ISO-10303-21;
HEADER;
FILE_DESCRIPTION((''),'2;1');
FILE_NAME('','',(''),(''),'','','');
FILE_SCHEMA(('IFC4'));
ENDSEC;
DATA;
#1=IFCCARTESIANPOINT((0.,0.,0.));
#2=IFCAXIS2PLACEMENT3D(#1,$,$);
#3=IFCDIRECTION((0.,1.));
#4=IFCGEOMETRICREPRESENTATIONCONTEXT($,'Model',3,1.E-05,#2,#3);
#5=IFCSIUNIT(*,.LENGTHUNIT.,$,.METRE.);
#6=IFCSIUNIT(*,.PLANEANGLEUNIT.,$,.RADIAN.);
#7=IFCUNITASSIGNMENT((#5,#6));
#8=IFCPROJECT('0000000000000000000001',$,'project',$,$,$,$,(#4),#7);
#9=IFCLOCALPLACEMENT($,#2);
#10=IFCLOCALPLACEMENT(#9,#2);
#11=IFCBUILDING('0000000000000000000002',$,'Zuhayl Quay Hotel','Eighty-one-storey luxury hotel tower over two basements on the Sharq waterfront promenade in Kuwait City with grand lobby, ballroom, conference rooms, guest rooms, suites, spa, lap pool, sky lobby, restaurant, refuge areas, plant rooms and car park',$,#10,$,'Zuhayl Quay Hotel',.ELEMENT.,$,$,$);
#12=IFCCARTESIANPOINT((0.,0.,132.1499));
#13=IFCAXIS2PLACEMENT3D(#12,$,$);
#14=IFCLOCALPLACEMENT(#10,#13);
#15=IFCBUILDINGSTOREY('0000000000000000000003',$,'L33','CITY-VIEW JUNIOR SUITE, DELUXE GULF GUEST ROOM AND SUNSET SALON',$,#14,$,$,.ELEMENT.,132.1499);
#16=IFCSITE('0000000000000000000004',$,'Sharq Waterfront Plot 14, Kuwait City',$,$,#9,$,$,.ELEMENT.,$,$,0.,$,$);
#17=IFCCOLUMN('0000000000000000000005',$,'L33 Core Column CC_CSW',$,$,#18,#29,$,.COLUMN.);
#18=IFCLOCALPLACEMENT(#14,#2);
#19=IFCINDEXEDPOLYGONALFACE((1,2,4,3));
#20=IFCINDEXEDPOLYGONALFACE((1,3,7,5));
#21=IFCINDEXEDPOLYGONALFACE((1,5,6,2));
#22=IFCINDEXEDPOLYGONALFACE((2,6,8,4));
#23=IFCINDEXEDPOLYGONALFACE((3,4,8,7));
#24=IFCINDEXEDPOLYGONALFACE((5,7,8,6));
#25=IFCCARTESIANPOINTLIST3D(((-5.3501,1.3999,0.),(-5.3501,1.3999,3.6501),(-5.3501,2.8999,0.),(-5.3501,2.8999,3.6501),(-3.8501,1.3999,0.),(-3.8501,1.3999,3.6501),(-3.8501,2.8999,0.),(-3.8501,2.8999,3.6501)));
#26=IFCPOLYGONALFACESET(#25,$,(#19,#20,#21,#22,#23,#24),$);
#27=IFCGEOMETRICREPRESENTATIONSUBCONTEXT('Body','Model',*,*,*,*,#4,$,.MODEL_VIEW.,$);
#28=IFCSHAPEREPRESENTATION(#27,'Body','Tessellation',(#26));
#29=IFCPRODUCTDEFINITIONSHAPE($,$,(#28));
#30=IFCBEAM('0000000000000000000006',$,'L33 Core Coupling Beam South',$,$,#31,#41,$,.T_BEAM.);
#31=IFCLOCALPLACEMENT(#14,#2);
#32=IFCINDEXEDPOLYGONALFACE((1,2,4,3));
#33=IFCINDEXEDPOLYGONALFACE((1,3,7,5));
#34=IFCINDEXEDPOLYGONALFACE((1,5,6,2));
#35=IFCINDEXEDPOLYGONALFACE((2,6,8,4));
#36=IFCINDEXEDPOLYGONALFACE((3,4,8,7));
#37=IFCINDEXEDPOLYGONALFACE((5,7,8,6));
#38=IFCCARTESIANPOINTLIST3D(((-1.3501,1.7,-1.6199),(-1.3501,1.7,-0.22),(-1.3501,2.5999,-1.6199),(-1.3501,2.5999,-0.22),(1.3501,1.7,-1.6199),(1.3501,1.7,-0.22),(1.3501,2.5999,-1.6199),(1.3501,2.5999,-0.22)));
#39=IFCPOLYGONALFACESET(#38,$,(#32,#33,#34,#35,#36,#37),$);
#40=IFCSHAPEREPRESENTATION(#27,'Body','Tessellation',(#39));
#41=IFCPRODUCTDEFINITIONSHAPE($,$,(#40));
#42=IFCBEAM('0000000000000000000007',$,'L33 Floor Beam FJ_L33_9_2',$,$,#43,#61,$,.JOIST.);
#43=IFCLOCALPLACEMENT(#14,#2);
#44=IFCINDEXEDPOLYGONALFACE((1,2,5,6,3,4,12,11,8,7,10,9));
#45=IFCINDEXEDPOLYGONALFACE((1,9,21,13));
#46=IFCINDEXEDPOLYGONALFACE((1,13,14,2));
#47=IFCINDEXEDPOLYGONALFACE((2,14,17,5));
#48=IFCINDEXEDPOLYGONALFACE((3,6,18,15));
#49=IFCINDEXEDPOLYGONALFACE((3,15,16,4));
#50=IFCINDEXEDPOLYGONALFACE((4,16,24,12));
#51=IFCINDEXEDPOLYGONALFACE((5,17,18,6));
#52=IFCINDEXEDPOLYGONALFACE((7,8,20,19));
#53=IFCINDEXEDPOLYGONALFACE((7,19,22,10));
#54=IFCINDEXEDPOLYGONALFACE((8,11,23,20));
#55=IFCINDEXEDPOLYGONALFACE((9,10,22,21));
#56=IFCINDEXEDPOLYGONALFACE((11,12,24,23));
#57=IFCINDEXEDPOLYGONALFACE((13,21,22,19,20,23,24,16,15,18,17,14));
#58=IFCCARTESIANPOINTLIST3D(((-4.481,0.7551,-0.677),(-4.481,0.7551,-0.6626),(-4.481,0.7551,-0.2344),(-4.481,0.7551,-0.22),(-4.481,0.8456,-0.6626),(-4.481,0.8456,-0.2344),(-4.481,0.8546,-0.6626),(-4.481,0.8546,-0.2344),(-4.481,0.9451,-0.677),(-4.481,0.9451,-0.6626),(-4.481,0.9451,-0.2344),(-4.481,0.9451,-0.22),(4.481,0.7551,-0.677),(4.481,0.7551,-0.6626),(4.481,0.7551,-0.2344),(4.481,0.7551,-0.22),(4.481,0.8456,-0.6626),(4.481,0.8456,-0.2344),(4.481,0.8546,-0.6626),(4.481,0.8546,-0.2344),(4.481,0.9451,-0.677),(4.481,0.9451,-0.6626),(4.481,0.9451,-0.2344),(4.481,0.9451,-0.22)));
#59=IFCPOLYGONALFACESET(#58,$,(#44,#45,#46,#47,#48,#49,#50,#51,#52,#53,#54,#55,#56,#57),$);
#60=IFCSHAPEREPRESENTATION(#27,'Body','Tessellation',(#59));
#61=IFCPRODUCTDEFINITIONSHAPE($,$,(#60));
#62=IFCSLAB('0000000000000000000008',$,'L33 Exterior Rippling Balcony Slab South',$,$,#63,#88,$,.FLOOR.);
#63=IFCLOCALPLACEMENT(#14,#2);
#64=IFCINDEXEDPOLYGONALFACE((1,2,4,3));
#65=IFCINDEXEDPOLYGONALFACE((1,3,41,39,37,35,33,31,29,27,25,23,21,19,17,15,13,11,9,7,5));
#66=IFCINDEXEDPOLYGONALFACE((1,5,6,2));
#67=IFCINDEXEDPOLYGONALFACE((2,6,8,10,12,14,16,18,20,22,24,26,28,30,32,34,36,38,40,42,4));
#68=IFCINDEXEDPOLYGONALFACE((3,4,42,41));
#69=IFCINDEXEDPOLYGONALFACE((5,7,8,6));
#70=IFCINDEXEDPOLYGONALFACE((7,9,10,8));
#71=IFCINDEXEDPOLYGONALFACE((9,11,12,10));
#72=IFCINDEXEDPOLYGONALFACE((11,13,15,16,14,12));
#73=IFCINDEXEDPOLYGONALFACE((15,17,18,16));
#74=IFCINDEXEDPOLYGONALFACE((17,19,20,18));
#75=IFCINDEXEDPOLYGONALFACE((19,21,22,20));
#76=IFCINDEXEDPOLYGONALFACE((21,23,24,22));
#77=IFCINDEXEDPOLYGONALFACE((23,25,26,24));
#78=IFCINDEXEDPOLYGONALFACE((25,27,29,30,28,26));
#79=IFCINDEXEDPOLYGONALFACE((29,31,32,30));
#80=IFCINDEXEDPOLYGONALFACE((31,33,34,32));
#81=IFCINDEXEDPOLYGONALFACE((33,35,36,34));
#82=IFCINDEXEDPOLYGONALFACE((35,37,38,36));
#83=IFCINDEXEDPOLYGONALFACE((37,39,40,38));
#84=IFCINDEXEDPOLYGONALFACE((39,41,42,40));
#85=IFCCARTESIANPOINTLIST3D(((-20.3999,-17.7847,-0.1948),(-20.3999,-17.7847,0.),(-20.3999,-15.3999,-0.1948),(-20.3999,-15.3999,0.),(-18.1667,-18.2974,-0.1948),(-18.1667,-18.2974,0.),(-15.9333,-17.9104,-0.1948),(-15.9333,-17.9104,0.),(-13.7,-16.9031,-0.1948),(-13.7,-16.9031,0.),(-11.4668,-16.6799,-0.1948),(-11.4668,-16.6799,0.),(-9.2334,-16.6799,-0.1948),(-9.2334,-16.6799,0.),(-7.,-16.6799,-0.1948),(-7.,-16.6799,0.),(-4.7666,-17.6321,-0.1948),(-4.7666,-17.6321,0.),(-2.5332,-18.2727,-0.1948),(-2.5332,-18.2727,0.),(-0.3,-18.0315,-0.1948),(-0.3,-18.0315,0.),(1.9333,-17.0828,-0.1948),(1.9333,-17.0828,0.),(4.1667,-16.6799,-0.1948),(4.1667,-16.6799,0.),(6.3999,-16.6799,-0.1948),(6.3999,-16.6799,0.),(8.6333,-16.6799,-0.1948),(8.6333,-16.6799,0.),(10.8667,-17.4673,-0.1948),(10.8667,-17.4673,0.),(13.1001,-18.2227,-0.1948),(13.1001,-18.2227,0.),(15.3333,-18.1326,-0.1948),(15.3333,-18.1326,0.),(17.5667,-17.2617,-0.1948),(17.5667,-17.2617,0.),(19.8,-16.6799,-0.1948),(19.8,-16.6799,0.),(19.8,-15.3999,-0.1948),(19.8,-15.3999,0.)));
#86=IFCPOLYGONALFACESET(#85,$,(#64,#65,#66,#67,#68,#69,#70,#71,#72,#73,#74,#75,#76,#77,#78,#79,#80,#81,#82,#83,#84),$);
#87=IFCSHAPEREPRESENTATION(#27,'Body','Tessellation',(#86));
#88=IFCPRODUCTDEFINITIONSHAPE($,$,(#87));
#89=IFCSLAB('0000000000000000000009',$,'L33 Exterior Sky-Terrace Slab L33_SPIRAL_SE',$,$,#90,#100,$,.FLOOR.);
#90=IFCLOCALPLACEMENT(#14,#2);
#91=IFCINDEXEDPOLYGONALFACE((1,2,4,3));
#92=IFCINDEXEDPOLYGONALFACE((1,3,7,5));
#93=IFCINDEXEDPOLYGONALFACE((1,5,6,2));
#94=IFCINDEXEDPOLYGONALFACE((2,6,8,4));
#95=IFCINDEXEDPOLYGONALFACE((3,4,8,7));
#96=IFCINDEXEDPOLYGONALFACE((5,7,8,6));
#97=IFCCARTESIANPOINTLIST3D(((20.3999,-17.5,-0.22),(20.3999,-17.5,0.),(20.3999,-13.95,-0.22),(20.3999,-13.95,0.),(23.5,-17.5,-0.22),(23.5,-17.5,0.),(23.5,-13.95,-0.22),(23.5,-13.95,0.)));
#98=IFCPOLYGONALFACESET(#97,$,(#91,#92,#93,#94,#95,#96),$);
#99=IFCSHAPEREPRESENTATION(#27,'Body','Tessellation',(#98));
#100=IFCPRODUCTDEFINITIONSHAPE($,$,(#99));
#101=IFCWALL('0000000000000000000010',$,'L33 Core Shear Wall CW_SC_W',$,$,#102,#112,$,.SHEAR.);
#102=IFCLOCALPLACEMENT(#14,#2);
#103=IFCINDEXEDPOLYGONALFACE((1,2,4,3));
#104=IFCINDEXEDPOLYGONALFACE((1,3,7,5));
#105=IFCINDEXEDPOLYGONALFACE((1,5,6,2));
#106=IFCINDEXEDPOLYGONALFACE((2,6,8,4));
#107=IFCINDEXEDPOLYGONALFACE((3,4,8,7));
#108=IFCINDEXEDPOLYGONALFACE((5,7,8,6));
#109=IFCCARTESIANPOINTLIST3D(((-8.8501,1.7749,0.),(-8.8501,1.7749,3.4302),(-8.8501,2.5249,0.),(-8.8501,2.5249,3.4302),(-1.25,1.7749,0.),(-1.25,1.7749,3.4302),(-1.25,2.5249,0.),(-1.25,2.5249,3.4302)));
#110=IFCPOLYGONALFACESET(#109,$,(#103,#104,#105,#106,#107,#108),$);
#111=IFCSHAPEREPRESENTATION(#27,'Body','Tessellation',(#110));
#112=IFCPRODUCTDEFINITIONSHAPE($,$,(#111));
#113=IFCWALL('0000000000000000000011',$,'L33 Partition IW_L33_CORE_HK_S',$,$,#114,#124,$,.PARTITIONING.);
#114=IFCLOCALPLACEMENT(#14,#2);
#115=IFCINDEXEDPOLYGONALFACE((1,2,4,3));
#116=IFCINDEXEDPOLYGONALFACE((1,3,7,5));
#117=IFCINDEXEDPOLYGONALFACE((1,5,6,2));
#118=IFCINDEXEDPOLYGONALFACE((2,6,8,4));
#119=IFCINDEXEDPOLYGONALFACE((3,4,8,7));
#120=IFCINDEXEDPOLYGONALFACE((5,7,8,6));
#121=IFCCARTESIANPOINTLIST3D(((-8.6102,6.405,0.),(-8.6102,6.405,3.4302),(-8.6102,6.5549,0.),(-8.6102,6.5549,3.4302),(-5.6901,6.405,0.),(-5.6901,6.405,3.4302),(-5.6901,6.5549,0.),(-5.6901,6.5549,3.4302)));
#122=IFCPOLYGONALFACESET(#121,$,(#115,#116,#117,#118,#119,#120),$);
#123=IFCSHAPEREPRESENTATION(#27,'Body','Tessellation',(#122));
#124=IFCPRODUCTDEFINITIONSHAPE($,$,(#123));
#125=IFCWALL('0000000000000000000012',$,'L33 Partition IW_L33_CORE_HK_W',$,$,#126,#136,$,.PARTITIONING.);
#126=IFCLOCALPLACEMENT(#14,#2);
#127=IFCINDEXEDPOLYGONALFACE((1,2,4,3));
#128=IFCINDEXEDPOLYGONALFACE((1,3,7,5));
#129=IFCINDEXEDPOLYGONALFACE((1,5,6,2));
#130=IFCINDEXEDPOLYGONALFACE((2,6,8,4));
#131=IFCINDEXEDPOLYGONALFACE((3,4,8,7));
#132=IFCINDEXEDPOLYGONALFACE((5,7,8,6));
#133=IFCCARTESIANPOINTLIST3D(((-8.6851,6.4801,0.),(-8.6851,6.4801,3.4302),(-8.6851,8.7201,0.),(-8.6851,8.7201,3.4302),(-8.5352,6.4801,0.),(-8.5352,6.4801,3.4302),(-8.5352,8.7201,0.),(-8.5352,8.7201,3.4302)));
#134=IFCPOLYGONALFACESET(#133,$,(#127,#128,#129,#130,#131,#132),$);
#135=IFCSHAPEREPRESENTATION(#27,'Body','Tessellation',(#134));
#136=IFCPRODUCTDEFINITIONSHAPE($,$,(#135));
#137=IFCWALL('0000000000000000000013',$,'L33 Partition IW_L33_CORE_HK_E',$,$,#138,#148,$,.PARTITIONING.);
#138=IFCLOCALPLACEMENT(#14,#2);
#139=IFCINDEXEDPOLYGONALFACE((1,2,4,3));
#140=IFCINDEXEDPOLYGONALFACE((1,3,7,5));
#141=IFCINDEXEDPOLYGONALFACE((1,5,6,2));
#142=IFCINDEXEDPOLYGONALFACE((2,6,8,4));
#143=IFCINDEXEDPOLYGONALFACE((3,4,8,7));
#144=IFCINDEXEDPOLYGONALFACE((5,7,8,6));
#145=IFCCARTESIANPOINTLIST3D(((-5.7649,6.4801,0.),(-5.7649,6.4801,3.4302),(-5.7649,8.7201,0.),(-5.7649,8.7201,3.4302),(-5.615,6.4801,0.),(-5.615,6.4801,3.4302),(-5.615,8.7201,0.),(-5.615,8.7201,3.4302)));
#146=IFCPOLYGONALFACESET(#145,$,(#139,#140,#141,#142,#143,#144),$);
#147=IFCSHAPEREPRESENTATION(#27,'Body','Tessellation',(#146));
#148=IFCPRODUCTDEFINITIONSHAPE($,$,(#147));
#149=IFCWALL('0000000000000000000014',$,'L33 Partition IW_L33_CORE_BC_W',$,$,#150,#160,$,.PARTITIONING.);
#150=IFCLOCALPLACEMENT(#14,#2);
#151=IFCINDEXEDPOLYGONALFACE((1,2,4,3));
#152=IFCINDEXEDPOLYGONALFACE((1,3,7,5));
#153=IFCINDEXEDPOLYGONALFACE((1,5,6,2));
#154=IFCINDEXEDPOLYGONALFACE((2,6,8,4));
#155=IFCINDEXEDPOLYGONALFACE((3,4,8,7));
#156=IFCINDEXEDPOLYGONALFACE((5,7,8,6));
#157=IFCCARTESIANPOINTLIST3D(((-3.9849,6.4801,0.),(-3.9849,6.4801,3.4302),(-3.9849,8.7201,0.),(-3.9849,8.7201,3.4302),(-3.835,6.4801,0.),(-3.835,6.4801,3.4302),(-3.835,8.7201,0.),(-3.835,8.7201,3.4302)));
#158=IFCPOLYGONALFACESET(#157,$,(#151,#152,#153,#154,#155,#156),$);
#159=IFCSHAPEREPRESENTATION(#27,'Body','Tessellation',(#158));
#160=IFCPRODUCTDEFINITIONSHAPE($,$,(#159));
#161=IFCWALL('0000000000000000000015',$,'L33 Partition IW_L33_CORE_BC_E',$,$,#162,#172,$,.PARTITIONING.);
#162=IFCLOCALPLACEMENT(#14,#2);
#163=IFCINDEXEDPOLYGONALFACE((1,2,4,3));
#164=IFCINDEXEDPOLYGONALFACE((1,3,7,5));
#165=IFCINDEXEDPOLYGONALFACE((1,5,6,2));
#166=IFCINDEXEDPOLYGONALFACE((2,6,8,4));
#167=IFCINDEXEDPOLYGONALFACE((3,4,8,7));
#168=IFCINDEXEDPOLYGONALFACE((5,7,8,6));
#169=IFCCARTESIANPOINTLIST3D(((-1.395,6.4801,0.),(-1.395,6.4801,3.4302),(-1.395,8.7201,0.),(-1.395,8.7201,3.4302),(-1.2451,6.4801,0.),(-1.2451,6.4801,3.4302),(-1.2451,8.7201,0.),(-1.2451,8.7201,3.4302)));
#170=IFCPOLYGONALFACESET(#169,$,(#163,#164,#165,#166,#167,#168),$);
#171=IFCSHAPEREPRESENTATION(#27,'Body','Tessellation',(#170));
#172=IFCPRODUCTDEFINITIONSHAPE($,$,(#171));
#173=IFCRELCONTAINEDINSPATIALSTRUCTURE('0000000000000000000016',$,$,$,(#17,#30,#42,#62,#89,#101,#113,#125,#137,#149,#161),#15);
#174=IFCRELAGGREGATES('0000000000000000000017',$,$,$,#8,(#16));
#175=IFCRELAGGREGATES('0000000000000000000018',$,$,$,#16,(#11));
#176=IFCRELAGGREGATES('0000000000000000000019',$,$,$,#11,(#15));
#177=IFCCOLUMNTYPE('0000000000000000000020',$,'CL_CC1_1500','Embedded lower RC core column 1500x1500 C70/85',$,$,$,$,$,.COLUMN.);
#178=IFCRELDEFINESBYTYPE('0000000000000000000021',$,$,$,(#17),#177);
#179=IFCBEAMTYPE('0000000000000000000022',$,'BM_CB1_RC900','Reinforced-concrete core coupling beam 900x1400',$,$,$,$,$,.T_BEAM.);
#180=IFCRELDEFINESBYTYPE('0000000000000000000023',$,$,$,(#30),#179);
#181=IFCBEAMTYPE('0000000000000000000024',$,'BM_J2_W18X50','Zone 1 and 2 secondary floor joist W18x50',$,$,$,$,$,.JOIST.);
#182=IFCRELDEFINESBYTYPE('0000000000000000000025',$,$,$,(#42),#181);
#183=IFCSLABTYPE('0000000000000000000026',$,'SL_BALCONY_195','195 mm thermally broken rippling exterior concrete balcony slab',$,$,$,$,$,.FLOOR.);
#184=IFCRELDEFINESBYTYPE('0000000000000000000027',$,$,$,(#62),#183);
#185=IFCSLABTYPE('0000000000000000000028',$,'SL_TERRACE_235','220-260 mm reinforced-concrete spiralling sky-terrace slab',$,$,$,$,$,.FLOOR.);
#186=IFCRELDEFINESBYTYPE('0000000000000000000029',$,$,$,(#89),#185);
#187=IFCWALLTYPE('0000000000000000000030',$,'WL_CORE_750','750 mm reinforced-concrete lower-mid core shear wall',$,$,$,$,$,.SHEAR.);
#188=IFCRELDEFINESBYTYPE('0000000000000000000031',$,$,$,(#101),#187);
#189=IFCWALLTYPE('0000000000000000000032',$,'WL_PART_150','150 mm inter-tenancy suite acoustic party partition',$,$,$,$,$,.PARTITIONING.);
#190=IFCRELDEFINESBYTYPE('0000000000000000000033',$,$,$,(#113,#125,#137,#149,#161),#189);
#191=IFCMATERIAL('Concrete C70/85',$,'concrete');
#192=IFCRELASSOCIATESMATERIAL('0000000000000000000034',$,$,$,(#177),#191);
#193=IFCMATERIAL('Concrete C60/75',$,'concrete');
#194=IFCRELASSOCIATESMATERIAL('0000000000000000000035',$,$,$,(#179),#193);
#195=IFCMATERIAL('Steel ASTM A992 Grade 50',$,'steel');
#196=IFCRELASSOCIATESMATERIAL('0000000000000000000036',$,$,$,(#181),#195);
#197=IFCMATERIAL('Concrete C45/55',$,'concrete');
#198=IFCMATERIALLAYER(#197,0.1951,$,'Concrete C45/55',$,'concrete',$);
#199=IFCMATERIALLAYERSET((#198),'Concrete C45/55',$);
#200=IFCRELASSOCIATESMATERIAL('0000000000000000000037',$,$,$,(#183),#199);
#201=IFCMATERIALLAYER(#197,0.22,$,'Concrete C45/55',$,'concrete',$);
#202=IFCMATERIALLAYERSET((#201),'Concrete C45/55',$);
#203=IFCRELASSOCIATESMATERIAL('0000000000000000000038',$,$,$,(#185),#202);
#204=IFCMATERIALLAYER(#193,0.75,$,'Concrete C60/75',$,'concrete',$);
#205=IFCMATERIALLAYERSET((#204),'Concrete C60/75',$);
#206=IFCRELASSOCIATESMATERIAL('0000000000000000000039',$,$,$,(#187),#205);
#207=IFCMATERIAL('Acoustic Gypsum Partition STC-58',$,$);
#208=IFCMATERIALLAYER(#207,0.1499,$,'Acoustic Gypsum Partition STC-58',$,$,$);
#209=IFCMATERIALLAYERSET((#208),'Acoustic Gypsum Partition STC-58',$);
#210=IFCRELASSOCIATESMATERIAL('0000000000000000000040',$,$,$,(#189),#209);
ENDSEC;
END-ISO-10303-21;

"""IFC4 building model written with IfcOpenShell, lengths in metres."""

from ifc_helpers import new_model, si_unit, direction, frame, frame_2d, origin, origin_2d, place, context, subcontext, project, spatial, polyline, rectangle, i_section, outline, extrude, material, layer, layer_set, material_profile, profile_set, type_object, element, save


model = new_model("IFC4")

# Units and contexts
model_context = context("Model", 3, precision=1e-05, world=origin(), true_north=direction((0.0, 1.0)))
body_context = subcontext(model_context, "Body", "Model", "MODEL_VIEW")
ifc_project = project(units=[si_unit("LENGTHUNIT", "METRE"), si_unit("PLANEANGLEUNIT", "RADIAN")], contexts=[model_context])

# Site, building, storey
site_placement = place(None, origin())
site = spatial("IfcSite", under=ifc_project, at=site_placement, Name="Sharq Waterfront Plot 14, Kuwait City", CompositionType="ELEMENT", RefElevation=0.0)
building_placement = place(site_placement, origin())
building = spatial("IfcBuilding", under=site, at=building_placement, Name="Zuhayl Quay Hotel", Description="Eighty-one-storey luxury hotel tower over two basements on the Sharq waterfront promenade in Kuwait City with grand lobby, ballroom, conference rooms, guest rooms, suites, spa, lap pool, sky lobby, restaurant, refuge areas, plant rooms and car park", LongName="Zuhayl Quay Hotel", CompositionType="ELEMENT")
storey_placement = place(building_placement, frame((0.0, 0.0, 132.1499)))
storey = spatial("IfcBuildingStorey", under=building, at=storey_placement, Name="L33", Description="CITY-VIEW JUNIOR SUITE, DELUXE GULF GUEST ROOM AND SUNSET SALON", CompositionType="ELEMENT", Elevation=132.1499)

# Column
ifc_material_1 = material(Name="Concrete C70/85", Category="concrete")
ifc_material_profile_1 = material_profile(ifc_material_1, rectangle(XDim=1.5, YDim=1.5, at=origin_2d()), Name="RC1500X1500")
ifc_profile_set_1 = profile_set([ifc_material_profile_1], Name="Concrete C70/85")
column_type = type_object("IfcColumnType", Name="CL_CC1_1500", Description="Embedded lower RC core column 1500x1500 C70/85", PredefinedType="COLUMN", material=ifc_profile_set_1)
column_placement = place(storey_placement, frame((-4.6001, 2.1499, 0.0), z_axis=(0.0, 0.0, 1.0), x_axis=(1.0, 0.0, 0.0)))
element("IfcColumn", 1, at=column_placement, inside=storey, type_object=column_type, Name="L33 Core Column CC_CSW", PredefinedType="COLUMN", context=body_context, shape_type="SweptSolid", body=[
    extrude(rectangle(XDim=1.5, YDim=1.5, at=origin_2d()), origin(), (0.0, 0.0, 1.0), 3.6501),
])

# Beams
ifc_material_2 = material(Name="Concrete C60/75", Category="concrete")
ifc_material_profile_2 = material_profile(ifc_material_2, rectangle(XDim=0.8999, YDim=1.3999, at=origin_2d()), Name="RC900X1400")
ifc_profile_set_2 = profile_set([ifc_material_profile_2], Name="Concrete C60/75")
beam_type_1 = type_object("IfcBeamType", Name="BM_CB1_RC900", Description="Reinforced-concrete core coupling beam 900x1400", PredefinedType="T_BEAM", material=ifc_profile_set_2)
beam_1_placement = place(storey_placement, frame((-1.3501, 2.1499, -0.9199), z_axis=(1.0, 0.0, 0.0), x_axis=(0.0, 1.0, 0.0)))
element("IfcBeam", 2, at=beam_1_placement, inside=storey, type_object=beam_type_1, Name="L33 Core Coupling Beam South", PredefinedType="T_BEAM", context=body_context, shape_type="SweptSolid", body=[
    extrude(rectangle(XDim=0.8999, YDim=1.3999, at=origin_2d()), origin(), (0.0, 0.0, 1.0), 2.7002),
])
ifc_material_3 = material(Name="Steel ASTM A992 Grade 50", Category="steel")
ifc_material_profile_3 = material_profile(ifc_material_3, i_section(OverallWidth=0.1899, OverallDepth=0.457, WebThickness=0.009, FlangeThickness=0.0144, at=origin_2d()), Name="W18X50")
ifc_profile_set_3 = profile_set([ifc_material_profile_3], Name="Steel ASTM A992 Grade 50")
beam_type_2 = type_object("IfcBeamType", Name="BM_J2_W18X50", Description="Zone 1 and 2 secondary floor joist W18x50", PredefinedType="JOIST", material=ifc_profile_set_3)
beam_2_placement = place(storey_placement, frame((-4.481, 0.8501, -0.4485), z_axis=(1.0, 0.0, 0.0), x_axis=(0.0, 1.0, 0.0)))
element("IfcBeam", 3, at=beam_2_placement, inside=storey, type_object=beam_type_2, Name="L33 Floor Beam FJ_L33_9_2", PredefinedType="JOIST", context=body_context, shape_type="SweptSolid", body=[
    extrude(i_section(OverallWidth=0.1899, OverallDepth=0.457, WebThickness=0.009, FlangeThickness=0.0144, at=origin_2d()), origin(), (0.0, 0.0, 1.0), 8.9619),
])

# Slabs
ifc_material_4 = material(Name="Concrete C45/55", Category="concrete")
ifc_layer_1 = layer(ifc_material_4, 0.1951, Name="Concrete C45/55", Category="concrete")
ifc_layer_set_1 = layer_set([ifc_layer_1], Name="Concrete C45/55")
slab_type_1 = type_object("IfcSlabType", Name="SL_BALCONY_195", Description="195 mm thermally broken rippling exterior concrete balcony slab", PredefinedType="FLOOR", material=ifc_layer_set_1)
slab_1_placement = place(storey_placement, frame((0.0, 0.0, -0.1948)))
element("IfcSlab", 4, at=slab_1_placement, inside=storey, type_object=slab_type_1, Name="L33 Exterior Rippling Balcony Slab South", PredefinedType="FLOOR", context=body_context, shape_type="SweptSolid", body=[
    extrude(outline(polyline([(-20.3999, -17.7847), (-18.1667, -18.2974), (-15.9333, -17.9104), (-13.7, -16.9031), (-11.4668, -16.6799), (-9.2334, -16.6799), (-7.0, -16.6799), (-4.7666, -17.6321), (-2.5332, -18.2727), (-0.3, -18.0315), (1.9333, -17.0828), (4.1667, -16.6799), (6.3999, -16.6799), (8.6333, -16.6799), (10.8667, -17.4673), (13.1001, -18.2227), (15.3333, -18.1326), (17.5667, -17.2617), (19.8, -16.6799), (19.8, -15.3999), (-20.3999, -15.3999), (-20.3999, -17.7847)])), origin(), (0.0, 0.0, 1.0), 0.1948),
])
ifc_layer_2 = layer(ifc_material_4, 0.22, Name="Concrete C45/55", Category="concrete")
ifc_layer_set_2 = layer_set([ifc_layer_2], Name="Concrete C45/55")
slab_type_2 = type_object("IfcSlabType", Name="SL_TERRACE_235", Description="220-260 mm reinforced-concrete spiralling sky-terrace slab", PredefinedType="FLOOR", material=ifc_layer_set_2)
slab_2_placement = place(storey_placement, frame((0.0, 0.0, -0.22)))
element("IfcSlab", 5, at=slab_2_placement, inside=storey, type_object=slab_type_2, Name="L33 Exterior Sky-Terrace Slab L33_SPIRAL_SE", PredefinedType="FLOOR", context=body_context, shape_type="SweptSolid", body=[
    extrude(outline(polyline([(20.3999, -17.5), (23.5, -17.5), (23.5, -13.95), (20.3999, -13.95), (20.3999, -17.5)])), origin(), (0.0, 0.0, 1.0), 0.22),
])

# Wall
ifc_layer_3 = layer(ifc_material_2, 0.75, Name="Concrete C60/75", Category="concrete")
ifc_layer_set_3 = layer_set([ifc_layer_3], Name="Concrete C60/75")
wall_type_1 = type_object("IfcWallType", Name="WL_CORE_750", Description="750 mm reinforced-concrete lower-mid core shear wall", PredefinedType="SHEAR", material=ifc_layer_set_3)
wall_1_placement = place(storey_placement, frame((-8.8501, 2.1499, 0.0), z_axis=(0.0, 0.0, 1.0), x_axis=(1.0, 0.0, 0.0)))
element("IfcWall", 6, at=wall_1_placement, inside=storey, type_object=wall_type_1, Name="L33 Core Shear Wall CW_SC_W", PredefinedType="SHEAR", context=body_context, shape_type="SweptSolid", body=[
    extrude(rectangle(XDim=7.6001, YDim=0.75, at=frame_2d((3.8, 0.0))), origin(), (0.0, 0.0, 1.0), 3.4302),
])

# Shared definitions
ifc_material_5 = material(Name="Acoustic Gypsum Partition STC-58")
ifc_layer_4 = layer(ifc_material_5, 0.1499, Name="Acoustic Gypsum Partition STC-58")
ifc_layer_set_4 = layer_set([ifc_layer_4], Name="Acoustic Gypsum Partition STC-58")
wall_type_2 = type_object("IfcWallType", Name="WL_PART_150", Description="150 mm inter-tenancy suite acoustic party partition", PredefinedType="PARTITIONING", material=ifc_layer_set_4)

# Walls
wall_2_placement = place(storey_placement, frame((-8.6101, 6.48, 0.0), z_axis=(0.0, 0.0, 1.0), x_axis=(1.0, 0.0, 0.0)))
element("IfcWall", 7, at=wall_2_placement, inside=storey, type_object=wall_type_2, Name="L33 Partition IW_L33_CORE_HK_S", PredefinedType="PARTITIONING", context=body_context, shape_type="SweptSolid", body=[
    extrude(rectangle(XDim=2.9202, YDim=0.1499, at=frame_2d((1.46, 0.0))), origin(), (0.0, 0.0, 1.0), 3.4302),
])
for number, where, z_axis, x_axis, name in (
    (8, (-8.6101, 6.48, 0.0), (0.0, 0.0, 1.0), (0.0, 1.0, 0.0), "L33 Partition IW_L33_CORE_HK_W"),
    (9, (-5.6899, 6.48, 0.0), (0.0, 0.0, 1.0), (0.0, 1.0, 0.0), "L33 Partition IW_L33_CORE_HK_E"),
    (10, (-3.9099, 6.48, 0.0), (0.0, 0.0, 1.0), (0.0, 1.0, 0.0), "L33 Partition IW_L33_CORE_BC_W"),
    (11, (-1.3201, 6.48, 0.0), (0.0, 0.0, 1.0), (0.0, 1.0, 0.0), "L33 Partition IW_L33_CORE_BC_E"),
):
    element("IfcWall", number, at=place(storey_placement, frame(where, z_axis=z_axis, x_axis=x_axis)), inside=storey, type_object=wall_type_2, Name=name, PredefinedType="PARTITIONING", context=body_context, shape_type="SweptSolid", body=[
        extrude(rectangle(XDim=2.24, YDim=0.1499, at=frame_2d((1.1201, 0.0))), origin(), (0.0, 0.0, 1.0), 3.4302),
    ])

save(model, "model.ifc")
